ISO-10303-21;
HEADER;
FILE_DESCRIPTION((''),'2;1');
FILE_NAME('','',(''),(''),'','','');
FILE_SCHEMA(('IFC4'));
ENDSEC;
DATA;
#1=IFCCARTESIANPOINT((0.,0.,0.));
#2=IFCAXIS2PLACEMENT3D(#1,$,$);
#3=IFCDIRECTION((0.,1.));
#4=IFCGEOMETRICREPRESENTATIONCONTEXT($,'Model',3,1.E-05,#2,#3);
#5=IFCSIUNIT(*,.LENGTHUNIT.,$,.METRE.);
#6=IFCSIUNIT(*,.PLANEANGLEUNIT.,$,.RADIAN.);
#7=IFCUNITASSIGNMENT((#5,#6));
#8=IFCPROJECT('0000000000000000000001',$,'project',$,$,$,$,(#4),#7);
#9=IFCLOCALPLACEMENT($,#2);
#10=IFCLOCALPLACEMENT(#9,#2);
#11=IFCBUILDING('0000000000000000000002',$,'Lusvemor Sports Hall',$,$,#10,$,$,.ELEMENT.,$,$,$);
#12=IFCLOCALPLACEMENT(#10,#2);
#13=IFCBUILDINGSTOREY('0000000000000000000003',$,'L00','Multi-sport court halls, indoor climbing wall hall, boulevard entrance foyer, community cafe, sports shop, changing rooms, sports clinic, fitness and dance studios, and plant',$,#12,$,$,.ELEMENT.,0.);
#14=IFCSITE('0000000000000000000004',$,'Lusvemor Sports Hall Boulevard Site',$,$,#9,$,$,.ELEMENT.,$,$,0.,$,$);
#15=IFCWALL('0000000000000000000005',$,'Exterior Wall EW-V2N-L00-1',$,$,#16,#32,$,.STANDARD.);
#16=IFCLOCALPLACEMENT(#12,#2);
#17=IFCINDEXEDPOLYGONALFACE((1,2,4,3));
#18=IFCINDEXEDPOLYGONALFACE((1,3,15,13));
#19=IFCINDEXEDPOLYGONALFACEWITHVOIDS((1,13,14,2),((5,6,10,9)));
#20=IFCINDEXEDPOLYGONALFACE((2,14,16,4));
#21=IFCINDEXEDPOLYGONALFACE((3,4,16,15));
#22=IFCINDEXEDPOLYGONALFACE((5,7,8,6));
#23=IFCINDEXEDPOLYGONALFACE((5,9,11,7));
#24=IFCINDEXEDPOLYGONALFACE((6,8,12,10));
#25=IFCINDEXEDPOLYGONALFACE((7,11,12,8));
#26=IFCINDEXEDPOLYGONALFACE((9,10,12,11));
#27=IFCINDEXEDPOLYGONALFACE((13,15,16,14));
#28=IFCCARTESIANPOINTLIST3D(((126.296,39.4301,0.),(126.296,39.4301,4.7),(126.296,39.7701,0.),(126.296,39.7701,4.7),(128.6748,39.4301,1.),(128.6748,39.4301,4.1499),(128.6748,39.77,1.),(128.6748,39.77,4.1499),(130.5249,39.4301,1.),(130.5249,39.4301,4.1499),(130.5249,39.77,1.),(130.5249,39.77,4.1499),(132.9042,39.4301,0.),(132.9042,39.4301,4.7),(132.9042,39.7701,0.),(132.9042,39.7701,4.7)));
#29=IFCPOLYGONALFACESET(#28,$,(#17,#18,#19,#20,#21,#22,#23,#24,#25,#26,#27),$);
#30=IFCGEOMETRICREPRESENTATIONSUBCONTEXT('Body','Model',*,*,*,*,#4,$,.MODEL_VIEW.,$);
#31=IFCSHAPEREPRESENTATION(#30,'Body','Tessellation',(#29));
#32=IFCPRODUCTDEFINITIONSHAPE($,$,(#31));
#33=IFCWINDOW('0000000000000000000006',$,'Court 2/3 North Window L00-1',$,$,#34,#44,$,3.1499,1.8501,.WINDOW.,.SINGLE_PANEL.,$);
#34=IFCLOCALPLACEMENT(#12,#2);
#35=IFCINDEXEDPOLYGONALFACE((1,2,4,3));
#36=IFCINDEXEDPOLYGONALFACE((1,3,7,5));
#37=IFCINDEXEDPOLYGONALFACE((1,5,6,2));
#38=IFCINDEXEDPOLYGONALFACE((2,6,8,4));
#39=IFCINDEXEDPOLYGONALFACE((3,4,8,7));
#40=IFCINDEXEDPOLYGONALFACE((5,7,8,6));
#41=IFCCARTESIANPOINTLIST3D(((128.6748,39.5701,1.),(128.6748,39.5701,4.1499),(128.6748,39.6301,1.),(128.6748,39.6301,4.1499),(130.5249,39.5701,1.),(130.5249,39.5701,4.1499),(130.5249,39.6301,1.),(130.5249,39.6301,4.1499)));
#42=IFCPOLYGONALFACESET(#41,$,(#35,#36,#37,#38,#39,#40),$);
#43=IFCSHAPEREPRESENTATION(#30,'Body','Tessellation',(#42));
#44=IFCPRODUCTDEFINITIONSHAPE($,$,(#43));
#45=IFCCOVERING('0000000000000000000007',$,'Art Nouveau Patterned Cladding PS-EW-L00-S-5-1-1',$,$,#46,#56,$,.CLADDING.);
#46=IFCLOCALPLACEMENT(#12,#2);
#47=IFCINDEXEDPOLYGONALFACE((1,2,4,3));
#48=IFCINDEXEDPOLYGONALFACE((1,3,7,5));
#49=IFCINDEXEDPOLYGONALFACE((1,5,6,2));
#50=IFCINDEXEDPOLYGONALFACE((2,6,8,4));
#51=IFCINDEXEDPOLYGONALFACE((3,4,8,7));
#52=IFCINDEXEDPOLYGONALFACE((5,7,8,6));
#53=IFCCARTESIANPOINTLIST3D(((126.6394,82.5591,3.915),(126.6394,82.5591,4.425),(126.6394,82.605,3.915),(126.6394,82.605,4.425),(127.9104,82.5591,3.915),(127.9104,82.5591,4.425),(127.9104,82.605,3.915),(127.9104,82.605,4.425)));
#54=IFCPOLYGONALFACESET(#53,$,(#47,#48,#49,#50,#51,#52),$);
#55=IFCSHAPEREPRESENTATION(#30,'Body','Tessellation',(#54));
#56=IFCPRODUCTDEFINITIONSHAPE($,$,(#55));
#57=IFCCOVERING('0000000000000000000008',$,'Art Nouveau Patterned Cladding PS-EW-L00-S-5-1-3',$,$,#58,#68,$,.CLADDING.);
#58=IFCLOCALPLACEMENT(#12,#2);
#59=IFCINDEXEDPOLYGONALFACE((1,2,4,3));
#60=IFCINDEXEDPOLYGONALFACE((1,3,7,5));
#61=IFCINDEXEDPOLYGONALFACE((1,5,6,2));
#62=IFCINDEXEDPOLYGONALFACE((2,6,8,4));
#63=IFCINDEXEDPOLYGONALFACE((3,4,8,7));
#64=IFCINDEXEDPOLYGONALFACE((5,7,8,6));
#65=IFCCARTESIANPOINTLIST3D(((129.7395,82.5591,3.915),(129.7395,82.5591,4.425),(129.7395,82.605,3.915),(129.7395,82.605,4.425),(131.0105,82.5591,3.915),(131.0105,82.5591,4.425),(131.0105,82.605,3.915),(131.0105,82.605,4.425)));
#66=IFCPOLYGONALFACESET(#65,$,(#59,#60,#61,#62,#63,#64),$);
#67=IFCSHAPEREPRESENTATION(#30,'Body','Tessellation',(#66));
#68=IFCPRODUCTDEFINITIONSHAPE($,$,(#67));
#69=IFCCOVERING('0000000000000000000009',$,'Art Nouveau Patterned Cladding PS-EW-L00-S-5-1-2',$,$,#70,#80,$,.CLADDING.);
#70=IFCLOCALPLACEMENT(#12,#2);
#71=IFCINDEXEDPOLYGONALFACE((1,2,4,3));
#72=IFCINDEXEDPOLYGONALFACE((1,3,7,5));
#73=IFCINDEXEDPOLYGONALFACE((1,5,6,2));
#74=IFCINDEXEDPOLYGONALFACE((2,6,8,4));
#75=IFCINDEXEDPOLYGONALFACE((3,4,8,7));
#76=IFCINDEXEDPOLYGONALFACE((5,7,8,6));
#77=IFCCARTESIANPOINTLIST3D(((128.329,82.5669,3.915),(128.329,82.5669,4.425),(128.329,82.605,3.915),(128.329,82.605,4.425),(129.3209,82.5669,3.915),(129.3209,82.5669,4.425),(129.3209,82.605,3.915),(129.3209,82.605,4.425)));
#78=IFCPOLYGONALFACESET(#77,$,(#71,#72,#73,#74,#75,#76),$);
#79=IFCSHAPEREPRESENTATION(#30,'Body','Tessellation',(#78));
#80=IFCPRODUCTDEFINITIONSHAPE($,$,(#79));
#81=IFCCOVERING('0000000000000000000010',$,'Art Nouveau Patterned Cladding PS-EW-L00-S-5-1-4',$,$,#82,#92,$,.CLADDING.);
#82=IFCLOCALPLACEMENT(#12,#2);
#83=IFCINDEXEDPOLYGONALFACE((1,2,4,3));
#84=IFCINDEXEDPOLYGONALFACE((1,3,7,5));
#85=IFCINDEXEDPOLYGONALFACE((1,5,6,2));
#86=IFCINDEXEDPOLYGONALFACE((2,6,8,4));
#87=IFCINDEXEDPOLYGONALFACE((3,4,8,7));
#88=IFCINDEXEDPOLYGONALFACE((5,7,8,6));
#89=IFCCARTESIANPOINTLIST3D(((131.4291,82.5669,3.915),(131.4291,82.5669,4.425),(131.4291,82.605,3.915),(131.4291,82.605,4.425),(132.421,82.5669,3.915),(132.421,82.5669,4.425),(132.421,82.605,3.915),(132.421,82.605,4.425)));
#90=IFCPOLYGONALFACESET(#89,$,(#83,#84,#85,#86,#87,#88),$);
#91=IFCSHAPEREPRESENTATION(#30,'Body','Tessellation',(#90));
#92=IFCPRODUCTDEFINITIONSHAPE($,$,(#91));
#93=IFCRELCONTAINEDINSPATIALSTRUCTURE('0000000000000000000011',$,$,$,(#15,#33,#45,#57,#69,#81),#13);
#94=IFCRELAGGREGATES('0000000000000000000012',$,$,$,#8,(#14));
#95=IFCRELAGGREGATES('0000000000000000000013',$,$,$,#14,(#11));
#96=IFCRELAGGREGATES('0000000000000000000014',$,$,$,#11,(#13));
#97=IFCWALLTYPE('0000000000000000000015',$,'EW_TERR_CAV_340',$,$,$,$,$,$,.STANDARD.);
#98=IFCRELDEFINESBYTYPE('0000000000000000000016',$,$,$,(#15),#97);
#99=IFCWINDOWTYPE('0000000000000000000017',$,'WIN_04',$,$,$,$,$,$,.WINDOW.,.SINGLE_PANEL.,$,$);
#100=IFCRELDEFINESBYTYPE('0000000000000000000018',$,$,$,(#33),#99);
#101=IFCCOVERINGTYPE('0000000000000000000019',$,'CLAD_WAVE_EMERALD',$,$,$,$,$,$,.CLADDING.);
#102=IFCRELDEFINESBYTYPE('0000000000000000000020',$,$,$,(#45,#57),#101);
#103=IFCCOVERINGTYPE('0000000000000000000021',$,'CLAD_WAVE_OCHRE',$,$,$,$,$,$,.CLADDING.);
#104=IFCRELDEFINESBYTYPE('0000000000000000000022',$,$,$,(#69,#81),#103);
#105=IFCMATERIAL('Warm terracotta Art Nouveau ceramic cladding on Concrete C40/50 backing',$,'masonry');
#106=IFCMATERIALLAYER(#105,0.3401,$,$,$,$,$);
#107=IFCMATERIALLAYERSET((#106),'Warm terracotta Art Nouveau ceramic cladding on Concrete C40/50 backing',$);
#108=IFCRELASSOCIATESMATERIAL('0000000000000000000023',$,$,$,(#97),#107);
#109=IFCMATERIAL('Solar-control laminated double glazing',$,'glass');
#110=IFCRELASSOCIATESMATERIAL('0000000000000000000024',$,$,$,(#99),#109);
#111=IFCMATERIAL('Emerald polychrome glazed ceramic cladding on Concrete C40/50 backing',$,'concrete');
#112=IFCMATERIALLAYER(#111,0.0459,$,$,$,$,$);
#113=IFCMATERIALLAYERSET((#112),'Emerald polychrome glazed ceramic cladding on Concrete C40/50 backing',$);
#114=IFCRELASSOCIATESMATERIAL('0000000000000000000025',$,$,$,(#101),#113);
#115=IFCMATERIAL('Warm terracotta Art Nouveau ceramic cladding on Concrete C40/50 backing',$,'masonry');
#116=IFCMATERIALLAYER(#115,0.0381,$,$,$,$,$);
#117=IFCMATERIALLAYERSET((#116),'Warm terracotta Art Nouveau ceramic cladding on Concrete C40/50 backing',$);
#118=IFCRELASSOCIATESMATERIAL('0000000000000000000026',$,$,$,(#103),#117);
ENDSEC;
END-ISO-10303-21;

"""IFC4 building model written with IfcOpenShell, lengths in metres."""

from ifc_helpers import new_model, si_unit, direction, frame, frame_2d, origin, origin_2d, place, context, subcontext, project, spatial, rectangle, extrude, material, layer, layer_set, type_object, element, fill, save


model = new_model("IFC4")

# Units and contexts
model_context = context("Model", 3, precision=1e-05, world=origin(), true_north=direction((0.0, 1.0)))
body_context = subcontext(model_context, "Body", "Model", "MODEL_VIEW")
ifc_project = project(units=[si_unit("LENGTHUNIT", "METRE"), si_unit("PLANEANGLEUNIT", "RADIAN")], contexts=[model_context])

# Site, building, storey
site_placement = place(None, origin())
site = spatial("IfcSite", under=ifc_project, at=site_placement, Name="Lusvemor Sports Hall Boulevard Site", CompositionType="ELEMENT", RefElevation=0.0)
building_placement = place(site_placement, origin())
building = spatial("IfcBuilding", under=site, at=building_placement, Name="Lusvemor Sports Hall", CompositionType="ELEMENT")
storey_placement = place(building_placement, origin())
storey = spatial("IfcBuildingStorey", under=building, at=storey_placement, Name="L00", Description="Multi-sport court halls, indoor climbing wall hall, boulevard entrance foyer, community cafe, sports shop, changing rooms, sports clinic, fitness and dance studios, and plant", CompositionType="ELEMENT", Elevation=0.0)

# Wall, opening, window
ifc_material_1 = material(Name="Warm terracotta Art Nouveau ceramic cladding on Concrete C40/50 backing", Category="masonry")
ifc_layer_1 = layer(ifc_material_1, 0.3401)
ifc_layer_set_1 = layer_set([ifc_layer_1], Name="Warm terracotta Art Nouveau ceramic cladding on Concrete C40/50 backing")
wall_type = type_object("IfcWallType", Name="EW_TERR_CAV_340", PredefinedType="STANDARD", material=ifc_layer_set_1)
ifc_material_2 = material(Name="Solar-control laminated double glazing", Category="glass")
window_type = type_object("IfcWindowType", Name="WIN_04", PartitioningType="SINGLE_PANEL", PredefinedType="WINDOW", material=ifc_material_2)
wall_1_placement = place(storey_placement, frame((126.2959, 39.6001, 0.0), z_axis=(0.0, 0.0, 1.0), x_axis=(1.0, 0.0, 0.0)))
wall_1 = element("IfcWall", 1, at=wall_1_placement, inside=storey, type_object=wall_type, Name="Exterior Wall EW-V2N-L00-1", PredefinedType="STANDARD", context=body_context, shape_type="SweptSolid", body=[
    extrude(rectangle(XDim=6.6082, YDim=0.3401, at=frame_2d((3.3042, 0.0))), origin(), (0.0, 0.0, 1.0), 4.7),
])
opening_1_placement = place(wall_1_placement, frame((2.3789, 0.0, 1.0)))
opening_1 = element("IfcOpeningElement", 2, at=opening_1_placement, cuts=wall_1, PredefinedType="OPENING", context=body_context, shape_type="SweptSolid", body=[
    extrude(rectangle(XDim=1.8501, YDim=3.1499, at=frame_2d((0.925, 1.575))), frame((0.0, 0.1699, 0.0), z_axis=(0.0, -1.0, 0.0), x_axis=(1.0, 0.0, 0.0)), (0.0, 0.0, 1.0), 0.3401),
])
window_1_placement = place(opening_1_placement, origin())
window_1 = element("IfcWindow", 3, at=window_1_placement, inside=storey, type_object=window_type, Name="Court 2/3 North Window L00-1", OverallHeight=3.1499, OverallWidth=1.8501, PartitioningType="SINGLE_PANEL", PredefinedType="WINDOW", context=body_context, shape_type="SweptSolid", body=[
    extrude(rectangle(XDim=1.8501, YDim=3.1499, at=frame_2d((0.925, 1.575))), frame((0.0, 0.03, 0.0), z_axis=(0.0, -1.0, 0.0), x_axis=(1.0, 0.0, 0.0)), (0.0, 0.0, 1.0), 0.0601),
])
fill(opening_1, window_1)

# Coverings
ifc_material_3 = material(Name="Emerald polychrome glazed ceramic cladding on Concrete C40/50 backing", Category="concrete")
ifc_layer_2 = layer(ifc_material_3, 0.0459)
ifc_layer_set_2 = layer_set([ifc_layer_2], Name="Emerald polychrome glazed ceramic cladding on Concrete C40/50 backing")
covering_type_1 = type_object("IfcCoveringType", Name="CLAD_WAVE_EMERALD", PredefinedType="CLADDING", material=ifc_layer_set_2)
for number, where, z_axis, x_axis, name in (
    (4, (127.2749, 82.582, 3.915), (0.0, 0.0, 1.0), (1.0, 0.0, 0.0), "Art Nouveau Patterned Cladding PS-EW-L00-S-5-1-1"),
    (5, (130.375, 82.582, 3.915), (0.0, 0.0, 1.0), (1.0, 0.0, 0.0), "Art Nouveau Patterned Cladding PS-EW-L00-S-5-1-3"),
):
    element("IfcCovering", number, at=place(storey_placement, frame(where, z_axis=z_axis, x_axis=x_axis)), inside=storey, type_object=covering_type_1, Name=name, PredefinedType="CLADDING", context=body_context, shape_type="SweptSolid", body=[
        extrude(rectangle(XDim=1.271, YDim=0.0459, at=origin_2d()), origin(), (0.0, 0.0, 1.0), 0.51),
    ])
ifc_material_4 = material(Name="Warm terracotta Art Nouveau ceramic cladding on Concrete C40/50 backing", Category="masonry")
ifc_layer_3 = layer(ifc_material_4, 0.0381)
ifc_layer_set_3 = layer_set([ifc_layer_3], Name="Warm terracotta Art Nouveau ceramic cladding on Concrete C40/50 backing")
covering_type_2 = type_object("IfcCoveringType", Name="CLAD_WAVE_OCHRE", PredefinedType="CLADDING", material=ifc_layer_set_3)
for number, where, z_axis, x_axis, name in (
    (6, (128.825, 82.5859, 3.915), (0.0, 0.0, 1.0), (1.0, 0.0, 0.0), "Art Nouveau Patterned Cladding PS-EW-L00-S-5-1-2"),
    (7, (131.925, 82.5859, 3.915), (0.0, 0.0, 1.0), (1.0, 0.0, 0.0), "Art Nouveau Patterned Cladding PS-EW-L00-S-5-1-4"),
):
    element("IfcCovering", number, at=place(storey_placement, frame(where, z_axis=z_axis, x_axis=x_axis)), inside=storey, type_object=covering_type_2, Name=name, PredefinedType="CLADDING", context=body_context, shape_type="SweptSolid", body=[
        extrude(rectangle(XDim=0.9919, YDim=0.0381, at=origin_2d()), origin(), (0.0, 0.0, 1.0), 0.51),
    ])

save(model, "model.ifc")
